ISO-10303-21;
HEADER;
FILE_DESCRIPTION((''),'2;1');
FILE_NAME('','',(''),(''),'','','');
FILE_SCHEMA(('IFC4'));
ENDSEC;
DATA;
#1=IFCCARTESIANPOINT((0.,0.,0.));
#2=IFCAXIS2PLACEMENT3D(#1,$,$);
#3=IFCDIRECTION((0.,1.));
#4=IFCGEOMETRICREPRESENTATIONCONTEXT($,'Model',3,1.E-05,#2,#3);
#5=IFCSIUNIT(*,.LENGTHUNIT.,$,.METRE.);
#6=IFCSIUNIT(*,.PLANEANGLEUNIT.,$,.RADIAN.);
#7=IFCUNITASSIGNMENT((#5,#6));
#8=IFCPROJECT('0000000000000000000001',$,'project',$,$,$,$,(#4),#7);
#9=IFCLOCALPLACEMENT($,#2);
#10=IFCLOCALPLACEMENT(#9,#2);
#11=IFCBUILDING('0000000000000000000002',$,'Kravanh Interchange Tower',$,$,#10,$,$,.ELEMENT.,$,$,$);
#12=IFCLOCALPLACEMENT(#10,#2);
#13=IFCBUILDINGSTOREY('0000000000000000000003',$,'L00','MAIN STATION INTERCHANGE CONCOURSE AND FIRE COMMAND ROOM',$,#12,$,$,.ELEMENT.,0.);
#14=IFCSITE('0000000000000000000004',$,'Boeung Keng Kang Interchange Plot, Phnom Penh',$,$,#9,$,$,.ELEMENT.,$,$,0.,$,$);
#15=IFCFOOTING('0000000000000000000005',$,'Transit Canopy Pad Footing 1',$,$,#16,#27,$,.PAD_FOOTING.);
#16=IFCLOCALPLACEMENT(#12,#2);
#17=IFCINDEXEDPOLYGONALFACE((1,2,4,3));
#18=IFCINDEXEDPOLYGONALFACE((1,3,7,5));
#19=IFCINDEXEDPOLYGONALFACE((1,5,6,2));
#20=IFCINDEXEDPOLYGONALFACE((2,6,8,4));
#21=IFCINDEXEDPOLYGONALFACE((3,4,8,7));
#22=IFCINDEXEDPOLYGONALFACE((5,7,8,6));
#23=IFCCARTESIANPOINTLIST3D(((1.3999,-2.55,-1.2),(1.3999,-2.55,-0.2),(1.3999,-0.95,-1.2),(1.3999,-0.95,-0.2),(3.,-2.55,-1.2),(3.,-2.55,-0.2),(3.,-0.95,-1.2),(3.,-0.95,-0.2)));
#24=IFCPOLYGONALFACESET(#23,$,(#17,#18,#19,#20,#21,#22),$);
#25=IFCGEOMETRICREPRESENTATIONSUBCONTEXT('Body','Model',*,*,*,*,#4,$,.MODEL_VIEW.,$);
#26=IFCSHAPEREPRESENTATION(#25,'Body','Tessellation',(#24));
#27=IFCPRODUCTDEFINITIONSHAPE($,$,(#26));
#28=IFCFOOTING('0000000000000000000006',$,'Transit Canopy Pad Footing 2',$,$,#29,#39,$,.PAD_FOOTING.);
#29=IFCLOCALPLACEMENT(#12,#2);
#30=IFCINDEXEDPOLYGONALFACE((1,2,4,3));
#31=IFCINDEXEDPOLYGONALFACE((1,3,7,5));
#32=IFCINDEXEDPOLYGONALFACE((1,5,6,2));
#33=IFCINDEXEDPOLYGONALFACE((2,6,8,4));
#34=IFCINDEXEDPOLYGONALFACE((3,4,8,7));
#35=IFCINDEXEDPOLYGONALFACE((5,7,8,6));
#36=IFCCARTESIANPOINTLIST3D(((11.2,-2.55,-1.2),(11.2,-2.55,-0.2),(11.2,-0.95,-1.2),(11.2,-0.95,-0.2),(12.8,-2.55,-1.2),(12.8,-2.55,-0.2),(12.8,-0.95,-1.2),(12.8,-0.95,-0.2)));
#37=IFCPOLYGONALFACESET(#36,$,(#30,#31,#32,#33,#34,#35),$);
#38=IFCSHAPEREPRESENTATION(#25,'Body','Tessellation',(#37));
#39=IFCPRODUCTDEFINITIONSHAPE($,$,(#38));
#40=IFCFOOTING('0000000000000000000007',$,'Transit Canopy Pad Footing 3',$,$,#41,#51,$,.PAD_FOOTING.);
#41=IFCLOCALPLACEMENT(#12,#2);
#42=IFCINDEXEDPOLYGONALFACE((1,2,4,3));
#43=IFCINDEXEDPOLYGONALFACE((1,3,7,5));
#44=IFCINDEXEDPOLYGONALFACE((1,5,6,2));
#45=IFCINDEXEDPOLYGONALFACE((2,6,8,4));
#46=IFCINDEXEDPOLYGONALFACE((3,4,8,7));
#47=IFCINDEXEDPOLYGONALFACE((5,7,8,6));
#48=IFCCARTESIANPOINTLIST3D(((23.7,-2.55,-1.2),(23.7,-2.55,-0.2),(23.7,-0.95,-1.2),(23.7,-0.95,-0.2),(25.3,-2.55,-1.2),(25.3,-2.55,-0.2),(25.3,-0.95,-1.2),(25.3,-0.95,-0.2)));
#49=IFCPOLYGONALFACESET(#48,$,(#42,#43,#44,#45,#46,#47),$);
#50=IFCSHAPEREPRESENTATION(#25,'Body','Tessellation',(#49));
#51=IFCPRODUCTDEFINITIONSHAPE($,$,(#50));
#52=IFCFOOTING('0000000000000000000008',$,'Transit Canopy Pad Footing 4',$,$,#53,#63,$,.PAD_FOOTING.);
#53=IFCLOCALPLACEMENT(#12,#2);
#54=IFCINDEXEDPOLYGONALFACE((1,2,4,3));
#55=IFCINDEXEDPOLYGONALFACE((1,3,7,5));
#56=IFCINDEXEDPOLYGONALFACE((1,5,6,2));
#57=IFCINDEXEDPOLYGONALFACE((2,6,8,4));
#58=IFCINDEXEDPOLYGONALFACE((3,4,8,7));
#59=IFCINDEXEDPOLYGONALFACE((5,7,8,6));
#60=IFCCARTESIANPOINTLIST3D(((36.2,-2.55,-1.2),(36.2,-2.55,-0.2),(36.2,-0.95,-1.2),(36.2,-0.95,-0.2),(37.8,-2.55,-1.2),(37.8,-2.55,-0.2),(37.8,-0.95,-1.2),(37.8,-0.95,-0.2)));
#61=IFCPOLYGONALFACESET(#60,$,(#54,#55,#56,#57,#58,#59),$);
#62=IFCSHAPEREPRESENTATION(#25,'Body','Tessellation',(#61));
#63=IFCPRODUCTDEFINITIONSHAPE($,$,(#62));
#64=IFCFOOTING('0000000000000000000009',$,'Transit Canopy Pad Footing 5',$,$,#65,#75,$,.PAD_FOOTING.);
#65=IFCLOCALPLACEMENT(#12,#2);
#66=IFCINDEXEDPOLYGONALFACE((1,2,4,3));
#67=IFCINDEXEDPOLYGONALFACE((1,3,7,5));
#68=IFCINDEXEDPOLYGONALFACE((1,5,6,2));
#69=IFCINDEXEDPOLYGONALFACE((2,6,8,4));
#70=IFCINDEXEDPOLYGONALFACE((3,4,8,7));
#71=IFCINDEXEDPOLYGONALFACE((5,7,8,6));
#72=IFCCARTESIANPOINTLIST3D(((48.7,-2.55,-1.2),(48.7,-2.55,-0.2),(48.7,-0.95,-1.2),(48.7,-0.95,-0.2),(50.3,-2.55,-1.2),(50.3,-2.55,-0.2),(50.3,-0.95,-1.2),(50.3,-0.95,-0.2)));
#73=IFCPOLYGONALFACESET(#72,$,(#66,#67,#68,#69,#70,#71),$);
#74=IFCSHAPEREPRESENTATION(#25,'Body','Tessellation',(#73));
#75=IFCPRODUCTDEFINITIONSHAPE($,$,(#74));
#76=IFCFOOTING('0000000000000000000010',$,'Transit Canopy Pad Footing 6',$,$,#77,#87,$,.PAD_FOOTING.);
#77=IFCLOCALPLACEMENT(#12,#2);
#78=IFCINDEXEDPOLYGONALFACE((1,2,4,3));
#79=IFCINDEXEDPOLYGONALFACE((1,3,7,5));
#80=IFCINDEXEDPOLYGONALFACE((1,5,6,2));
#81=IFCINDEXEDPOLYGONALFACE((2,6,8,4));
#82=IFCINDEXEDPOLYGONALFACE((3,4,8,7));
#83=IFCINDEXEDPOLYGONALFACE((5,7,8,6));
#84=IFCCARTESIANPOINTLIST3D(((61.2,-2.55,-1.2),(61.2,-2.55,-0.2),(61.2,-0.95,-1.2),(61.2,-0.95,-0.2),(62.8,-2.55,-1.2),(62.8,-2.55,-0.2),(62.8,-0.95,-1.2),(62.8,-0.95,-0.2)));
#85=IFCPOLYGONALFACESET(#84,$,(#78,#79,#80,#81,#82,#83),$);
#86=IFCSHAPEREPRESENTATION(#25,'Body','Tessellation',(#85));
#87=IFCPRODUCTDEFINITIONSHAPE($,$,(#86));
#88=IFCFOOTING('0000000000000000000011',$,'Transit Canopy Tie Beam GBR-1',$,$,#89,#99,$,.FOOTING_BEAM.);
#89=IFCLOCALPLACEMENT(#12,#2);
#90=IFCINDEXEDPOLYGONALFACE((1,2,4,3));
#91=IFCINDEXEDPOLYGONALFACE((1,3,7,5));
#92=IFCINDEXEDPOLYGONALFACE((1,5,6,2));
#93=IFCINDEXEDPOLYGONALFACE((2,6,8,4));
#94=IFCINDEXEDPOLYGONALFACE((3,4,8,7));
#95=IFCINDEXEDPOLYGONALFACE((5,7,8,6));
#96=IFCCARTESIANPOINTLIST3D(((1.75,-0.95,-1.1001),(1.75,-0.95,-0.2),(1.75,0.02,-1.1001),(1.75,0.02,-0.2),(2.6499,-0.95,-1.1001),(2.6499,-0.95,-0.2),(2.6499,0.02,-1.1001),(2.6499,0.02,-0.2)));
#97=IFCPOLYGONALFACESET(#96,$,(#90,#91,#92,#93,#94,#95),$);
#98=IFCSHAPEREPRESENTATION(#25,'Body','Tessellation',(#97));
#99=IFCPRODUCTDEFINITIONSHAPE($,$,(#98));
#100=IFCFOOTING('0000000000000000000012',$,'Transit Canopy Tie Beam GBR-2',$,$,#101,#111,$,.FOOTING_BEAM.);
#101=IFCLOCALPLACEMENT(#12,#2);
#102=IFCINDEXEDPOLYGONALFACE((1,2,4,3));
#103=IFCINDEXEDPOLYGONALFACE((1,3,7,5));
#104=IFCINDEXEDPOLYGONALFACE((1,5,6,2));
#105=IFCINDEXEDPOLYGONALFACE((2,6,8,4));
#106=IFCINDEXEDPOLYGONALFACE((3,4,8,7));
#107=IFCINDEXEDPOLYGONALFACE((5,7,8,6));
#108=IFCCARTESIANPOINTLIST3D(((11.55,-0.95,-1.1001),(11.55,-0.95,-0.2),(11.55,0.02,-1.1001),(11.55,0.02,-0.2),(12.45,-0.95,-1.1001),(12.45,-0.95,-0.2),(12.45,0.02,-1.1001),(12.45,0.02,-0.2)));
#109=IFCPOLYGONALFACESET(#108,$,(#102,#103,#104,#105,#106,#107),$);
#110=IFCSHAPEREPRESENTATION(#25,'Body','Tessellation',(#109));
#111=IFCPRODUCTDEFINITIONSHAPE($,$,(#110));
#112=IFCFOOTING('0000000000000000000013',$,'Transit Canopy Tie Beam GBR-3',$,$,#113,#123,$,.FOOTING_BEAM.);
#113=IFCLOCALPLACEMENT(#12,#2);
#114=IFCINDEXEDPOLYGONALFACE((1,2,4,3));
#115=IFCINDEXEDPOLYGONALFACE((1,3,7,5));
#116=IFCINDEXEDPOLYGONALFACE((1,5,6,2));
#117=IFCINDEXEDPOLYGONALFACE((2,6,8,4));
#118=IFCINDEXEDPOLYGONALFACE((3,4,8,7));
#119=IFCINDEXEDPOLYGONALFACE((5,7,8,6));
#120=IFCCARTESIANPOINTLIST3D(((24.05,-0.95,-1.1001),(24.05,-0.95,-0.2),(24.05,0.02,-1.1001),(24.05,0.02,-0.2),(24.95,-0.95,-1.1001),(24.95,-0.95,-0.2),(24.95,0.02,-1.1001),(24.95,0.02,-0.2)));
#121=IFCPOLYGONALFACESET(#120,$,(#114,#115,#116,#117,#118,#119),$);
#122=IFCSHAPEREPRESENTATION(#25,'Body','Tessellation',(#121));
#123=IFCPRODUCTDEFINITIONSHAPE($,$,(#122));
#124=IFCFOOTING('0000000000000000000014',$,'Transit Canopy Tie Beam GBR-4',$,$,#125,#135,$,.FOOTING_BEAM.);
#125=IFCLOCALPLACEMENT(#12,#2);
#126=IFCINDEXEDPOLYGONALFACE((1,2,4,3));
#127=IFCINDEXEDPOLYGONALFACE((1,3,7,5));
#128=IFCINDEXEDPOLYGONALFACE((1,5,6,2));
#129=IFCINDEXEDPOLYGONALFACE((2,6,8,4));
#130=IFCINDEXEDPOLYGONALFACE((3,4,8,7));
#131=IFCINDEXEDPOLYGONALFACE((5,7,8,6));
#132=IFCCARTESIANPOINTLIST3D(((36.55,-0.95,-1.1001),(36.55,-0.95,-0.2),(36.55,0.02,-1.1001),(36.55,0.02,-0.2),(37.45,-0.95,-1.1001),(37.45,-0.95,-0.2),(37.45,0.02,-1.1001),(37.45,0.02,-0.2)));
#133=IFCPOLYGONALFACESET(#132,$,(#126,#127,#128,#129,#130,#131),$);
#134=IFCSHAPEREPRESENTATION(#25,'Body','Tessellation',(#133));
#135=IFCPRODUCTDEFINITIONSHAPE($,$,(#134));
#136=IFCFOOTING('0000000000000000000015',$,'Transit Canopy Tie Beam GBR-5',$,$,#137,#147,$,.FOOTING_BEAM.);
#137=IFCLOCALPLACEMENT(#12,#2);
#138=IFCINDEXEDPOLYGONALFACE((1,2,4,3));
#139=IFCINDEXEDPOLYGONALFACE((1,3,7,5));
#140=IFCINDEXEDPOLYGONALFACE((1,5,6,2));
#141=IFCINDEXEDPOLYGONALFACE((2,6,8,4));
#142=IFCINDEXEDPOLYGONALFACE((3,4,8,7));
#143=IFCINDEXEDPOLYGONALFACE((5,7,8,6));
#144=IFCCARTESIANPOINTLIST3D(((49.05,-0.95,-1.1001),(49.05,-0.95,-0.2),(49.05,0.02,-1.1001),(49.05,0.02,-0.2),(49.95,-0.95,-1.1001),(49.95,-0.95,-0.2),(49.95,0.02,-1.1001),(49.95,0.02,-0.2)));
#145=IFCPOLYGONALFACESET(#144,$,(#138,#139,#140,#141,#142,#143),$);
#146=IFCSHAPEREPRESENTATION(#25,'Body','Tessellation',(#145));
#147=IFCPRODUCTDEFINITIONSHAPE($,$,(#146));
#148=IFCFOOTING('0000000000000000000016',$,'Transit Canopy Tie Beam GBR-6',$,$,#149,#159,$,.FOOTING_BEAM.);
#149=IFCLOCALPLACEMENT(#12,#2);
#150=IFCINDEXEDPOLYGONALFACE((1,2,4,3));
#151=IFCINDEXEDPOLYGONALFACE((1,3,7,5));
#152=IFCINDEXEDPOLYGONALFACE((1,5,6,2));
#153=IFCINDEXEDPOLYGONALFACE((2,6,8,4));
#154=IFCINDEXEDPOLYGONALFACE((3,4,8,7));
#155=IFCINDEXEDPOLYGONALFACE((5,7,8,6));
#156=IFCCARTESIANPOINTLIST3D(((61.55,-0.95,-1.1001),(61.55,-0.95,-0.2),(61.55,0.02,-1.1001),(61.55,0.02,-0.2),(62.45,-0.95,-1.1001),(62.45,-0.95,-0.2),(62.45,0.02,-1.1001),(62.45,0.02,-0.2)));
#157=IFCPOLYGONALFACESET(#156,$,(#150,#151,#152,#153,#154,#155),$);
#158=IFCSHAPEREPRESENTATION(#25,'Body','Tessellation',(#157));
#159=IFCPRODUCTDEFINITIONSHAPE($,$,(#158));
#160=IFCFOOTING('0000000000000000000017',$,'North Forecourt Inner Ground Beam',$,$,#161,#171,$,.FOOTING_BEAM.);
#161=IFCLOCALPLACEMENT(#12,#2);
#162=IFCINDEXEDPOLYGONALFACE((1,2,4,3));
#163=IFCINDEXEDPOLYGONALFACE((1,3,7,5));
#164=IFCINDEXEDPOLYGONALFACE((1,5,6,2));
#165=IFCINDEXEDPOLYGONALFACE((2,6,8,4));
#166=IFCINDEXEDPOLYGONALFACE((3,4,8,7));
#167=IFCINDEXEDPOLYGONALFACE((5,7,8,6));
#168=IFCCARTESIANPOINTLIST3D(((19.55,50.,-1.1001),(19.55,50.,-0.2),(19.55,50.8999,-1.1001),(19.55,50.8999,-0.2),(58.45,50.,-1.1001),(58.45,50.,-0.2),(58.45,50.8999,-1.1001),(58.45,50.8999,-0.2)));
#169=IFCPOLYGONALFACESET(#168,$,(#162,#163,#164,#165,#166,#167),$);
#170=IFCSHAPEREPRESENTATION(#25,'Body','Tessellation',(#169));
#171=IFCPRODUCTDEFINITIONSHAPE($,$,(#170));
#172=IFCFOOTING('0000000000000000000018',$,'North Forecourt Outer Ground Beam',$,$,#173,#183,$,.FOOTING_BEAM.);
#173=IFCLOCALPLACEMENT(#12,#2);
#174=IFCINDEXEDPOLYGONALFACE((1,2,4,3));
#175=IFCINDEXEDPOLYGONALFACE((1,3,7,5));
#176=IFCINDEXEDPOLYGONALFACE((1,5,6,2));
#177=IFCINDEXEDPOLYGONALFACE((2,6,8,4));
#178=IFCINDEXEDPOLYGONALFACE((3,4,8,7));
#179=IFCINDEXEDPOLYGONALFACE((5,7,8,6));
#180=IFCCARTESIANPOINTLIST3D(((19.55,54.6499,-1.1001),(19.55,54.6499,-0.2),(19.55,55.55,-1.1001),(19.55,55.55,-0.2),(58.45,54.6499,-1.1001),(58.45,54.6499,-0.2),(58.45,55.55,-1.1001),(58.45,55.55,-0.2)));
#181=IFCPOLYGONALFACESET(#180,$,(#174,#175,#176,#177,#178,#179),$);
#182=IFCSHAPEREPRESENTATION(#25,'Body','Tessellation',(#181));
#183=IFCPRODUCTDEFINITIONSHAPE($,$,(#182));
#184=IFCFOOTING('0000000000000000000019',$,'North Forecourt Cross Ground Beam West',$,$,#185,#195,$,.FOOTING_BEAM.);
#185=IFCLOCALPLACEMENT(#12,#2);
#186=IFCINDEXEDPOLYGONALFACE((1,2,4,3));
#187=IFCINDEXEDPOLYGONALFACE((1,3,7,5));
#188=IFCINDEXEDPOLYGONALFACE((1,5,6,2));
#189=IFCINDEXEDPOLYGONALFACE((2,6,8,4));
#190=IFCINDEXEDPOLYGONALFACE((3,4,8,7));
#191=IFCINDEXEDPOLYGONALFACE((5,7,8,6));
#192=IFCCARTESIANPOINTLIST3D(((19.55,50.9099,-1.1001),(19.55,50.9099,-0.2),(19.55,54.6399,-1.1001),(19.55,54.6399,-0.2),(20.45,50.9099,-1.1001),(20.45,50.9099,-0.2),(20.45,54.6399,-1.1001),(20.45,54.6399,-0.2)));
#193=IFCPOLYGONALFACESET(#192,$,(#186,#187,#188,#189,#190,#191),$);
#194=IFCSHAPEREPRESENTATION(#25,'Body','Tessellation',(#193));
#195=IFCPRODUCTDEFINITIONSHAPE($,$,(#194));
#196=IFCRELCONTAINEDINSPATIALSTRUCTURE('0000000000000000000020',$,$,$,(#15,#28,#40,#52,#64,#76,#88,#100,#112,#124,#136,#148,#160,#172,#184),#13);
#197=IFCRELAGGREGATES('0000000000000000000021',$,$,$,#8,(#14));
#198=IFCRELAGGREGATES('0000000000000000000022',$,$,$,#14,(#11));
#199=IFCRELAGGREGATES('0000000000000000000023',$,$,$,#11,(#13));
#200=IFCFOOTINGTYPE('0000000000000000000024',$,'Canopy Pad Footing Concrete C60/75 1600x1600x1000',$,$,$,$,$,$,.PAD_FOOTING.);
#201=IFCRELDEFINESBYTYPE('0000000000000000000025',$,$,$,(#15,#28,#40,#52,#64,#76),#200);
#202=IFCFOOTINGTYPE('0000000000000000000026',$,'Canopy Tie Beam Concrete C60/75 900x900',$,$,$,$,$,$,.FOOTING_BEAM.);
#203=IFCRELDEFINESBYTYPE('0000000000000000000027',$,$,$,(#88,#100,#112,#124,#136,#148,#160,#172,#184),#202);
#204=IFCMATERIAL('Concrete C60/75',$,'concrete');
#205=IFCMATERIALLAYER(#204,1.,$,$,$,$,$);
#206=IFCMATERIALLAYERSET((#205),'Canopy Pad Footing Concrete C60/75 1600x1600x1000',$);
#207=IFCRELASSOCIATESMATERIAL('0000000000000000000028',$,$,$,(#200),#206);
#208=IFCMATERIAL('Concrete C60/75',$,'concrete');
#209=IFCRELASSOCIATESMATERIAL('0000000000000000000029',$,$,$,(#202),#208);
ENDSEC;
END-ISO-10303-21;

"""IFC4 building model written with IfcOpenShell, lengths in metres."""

from ifc_helpers import new_model, si_unit, direction, frame, origin, origin_2d, place, context, subcontext, project, spatial, polyline, rectangle, outline, extrude, material, layer, layer_set, material_profile, profile_set, type_object, element, save


model = new_model("IFC4")

# Units and contexts
model_context = context("Model", 3, precision=1e-05, world=origin(), true_north=direction((0.0, 1.0)))
body_context = subcontext(model_context, "Body", "Model", "MODEL_VIEW")
ifc_project = project(units=[si_unit("LENGTHUNIT", "METRE"), si_unit("PLANEANGLEUNIT", "RADIAN")], contexts=[model_context])

# Site, building, storey
site_placement = place(None, origin())
site = spatial("IfcSite", under=ifc_project, at=site_placement, Name="Boeung Keng Kang Interchange Plot, Phnom Penh", CompositionType="ELEMENT", RefElevation=0.0)
building_placement = place(site_placement, origin())
building = spatial("IfcBuilding", under=site, at=building_placement, Name="Kravanh Interchange Tower", CompositionType="ELEMENT")
storey_placement = place(building_placement, origin())
storey = spatial("IfcBuildingStorey", under=building, at=storey_placement, Name="L00", Description="MAIN STATION INTERCHANGE CONCOURSE AND FIRE COMMAND ROOM", CompositionType="ELEMENT", Elevation=0.0)

# Footings
ifc_material_1 = material(Name="Concrete C60/75", Category="concrete")
ifc_layer_1 = layer(ifc_material_1, 1.0)
ifc_layer_set_1 = layer_set([ifc_layer_1], Name="Canopy Pad Footing Concrete C60/75 1600x1600x1000")
footing_type_1 = type_object("IfcFootingType", Name="Canopy Pad Footing Concrete C60/75 1600x1600x1000", PredefinedType="PAD_FOOTING", material=ifc_layer_set_1)
footing_1_placement = place(storey_placement, frame((0.0, 0.0, -1.2)))
element("IfcFooting", 1, at=footing_1_placement, inside=storey, type_object=footing_type_1, Name="Transit Canopy Pad Footing 1", PredefinedType="PAD_FOOTING", context=body_context, shape_type="SweptSolid", body=[
    extrude(outline(polyline([(1.3999, -2.55), (3.0, -2.55), (3.0, -0.95), (1.3999, -0.95), (1.3999, -2.55)])), origin(), (0.0, 0.0, 1.0), 1.0),
])
footing_2_placement = place(storey_placement, frame((0.0, 0.0, -1.2)))
element("IfcFooting", 2, at=footing_2_placement, inside=storey, type_object=footing_type_1, Name="Transit Canopy Pad Footing 2", PredefinedType="PAD_FOOTING", context=body_context, shape_type="SweptSolid", body=[
    extrude(outline(polyline([(11.2, -2.55), (12.8, -2.55), (12.8, -0.95), (11.2, -0.95), (11.2, -2.55)])), origin(), (0.0, 0.0, 1.0), 1.0),
])
footing_3_placement = place(storey_placement, frame((0.0, 0.0, -1.2)))
element("IfcFooting", 3, at=footing_3_placement, inside=storey, type_object=footing_type_1, Name="Transit Canopy Pad Footing 3", PredefinedType="PAD_FOOTING", context=body_context, shape_type="SweptSolid", body=[
    extrude(outline(polyline([(23.7, -2.55), (25.3, -2.55), (25.3, -0.95), (23.7, -0.95), (23.7, -2.55)])), origin(), (0.0, 0.0, 1.0), 1.0),
])
footing_4_placement = place(storey_placement, frame((0.0, 0.0, -1.2)))
element("IfcFooting", 4, at=footing_4_placement, inside=storey, type_object=footing_type_1, Name="Transit Canopy Pad Footing 4", PredefinedType="PAD_FOOTING", context=body_context, shape_type="SweptSolid", body=[
    extrude(outline(polyline([(36.2, -2.55), (37.8, -2.55), (37.8, -0.95), (36.2, -0.95), (36.2, -2.55)])), origin(), (0.0, 0.0, 1.0), 1.0),
])
footing_5_placement = place(storey_placement, frame((0.0, 0.0, -1.2)))
element("IfcFooting", 5, at=footing_5_placement, inside=storey, type_object=footing_type_1, Name="Transit Canopy Pad Footing 5", PredefinedType="PAD_FOOTING", context=body_context, shape_type="SweptSolid", body=[
    extrude(outline(polyline([(48.7, -2.55), (50.3, -2.55), (50.3, -0.95), (48.7, -0.95), (48.7, -2.55)])), origin(), (0.0, 0.0, 1.0), 1.0),
])
footing_6_placement = place(storey_placement, frame((0.0, 0.0, -1.2)))
element("IfcFooting", 6, at=footing_6_placement, inside=storey, type_object=footing_type_1, Name="Transit Canopy Pad Footing 6", PredefinedType="PAD_FOOTING", context=body_context, shape_type="SweptSolid", body=[
    extrude(outline(polyline([(61.2, -2.55), (62.8, -2.55), (62.8, -0.95), (61.2, -0.95), (61.2, -2.55)])), origin(), (0.0, 0.0, 1.0), 1.0),
])
ifc_material_2 = material(Name="Concrete C60/75", Category="concrete")
ifc_material_profile_1 = material_profile(ifc_material_2, rectangle(XDim=0.8999, YDim=0.8999, at=origin_2d()), Name="RC900X900")
ifc_profile_set_1 = profile_set([ifc_material_profile_1], Name="Concrete C60/75")
footing_type_2 = type_object("IfcFootingType", Name="Canopy Tie Beam Concrete C60/75 900x900", PredefinedType="FOOTING_BEAM", material=ifc_profile_set_1)
footing_7_placement = place(storey_placement, frame((0.0, 0.0, -1.1001)))
element("IfcFooting", 7, at=footing_7_placement, inside=storey, type_object=footing_type_2, Name="Transit Canopy Tie Beam GBR-1", PredefinedType="FOOTING_BEAM", context=body_context, shape_type="SweptSolid", body=[
    extrude(outline(polyline([(1.75, -0.95), (2.6499, -0.95), (2.6499, 0.02), (1.75, 0.02), (1.75, -0.95)])), origin(), (0.0, 0.0, 1.0), 0.9001),
])
footing_8_placement = place(storey_placement, frame((0.0, 0.0, -1.1001)))
element("IfcFooting", 8, at=footing_8_placement, inside=storey, type_object=footing_type_2, Name="Transit Canopy Tie Beam GBR-2", PredefinedType="FOOTING_BEAM", context=body_context, shape_type="SweptSolid", body=[
    extrude(outline(polyline([(11.55, -0.95), (12.45, -0.95), (12.45, 0.02), (11.55, 0.02), (11.55, -0.95)])), origin(), (0.0, 0.0, 1.0), 0.9001),
])
footing_9_placement = place(storey_placement, frame((0.0, 0.0, -1.1001)))
element("IfcFooting", 9, at=footing_9_placement, inside=storey, type_object=footing_type_2, Name="Transit Canopy Tie Beam GBR-3", PredefinedType="FOOTING_BEAM", context=body_context, shape_type="SweptSolid", body=[
    extrude(outline(polyline([(24.05, -0.95), (24.95, -0.95), (24.95, 0.02), (24.05, 0.02), (24.05, -0.95)])), origin(), (0.0, 0.0, 1.0), 0.9001),
])
footing_10_placement = place(storey_placement, frame((0.0, 0.0, -1.1001)))
element("IfcFooting", 10, at=footing_10_placement, inside=storey, type_object=footing_type_2, Name="Transit Canopy Tie Beam GBR-4", PredefinedType="FOOTING_BEAM", context=body_context, shape_type="SweptSolid", body=[
    extrude(outline(polyline([(36.55, -0.95), (37.45, -0.95), (37.45, 0.02), (36.55, 0.02), (36.55, -0.95)])), origin(), (0.0, 0.0, 1.0), 0.9001),
])
footing_11_placement = place(storey_placement, frame((0.0, 0.0, -1.1001)))
element("IfcFooting", 11, at=footing_11_placement, inside=storey, type_object=footing_type_2, Name="Transit Canopy Tie Beam GBR-5", PredefinedType="FOOTING_BEAM", context=body_context, shape_type="SweptSolid", body=[
    extrude(outline(polyline([(49.05, -0.95), (49.95, -0.95), (49.95, 0.02), (49.05, 0.02), (49.05, -0.95)])), origin(), (0.0, 0.0, 1.0), 0.9001),
])
footing_12_placement = place(storey_placement, frame((0.0, 0.0, -1.1001)))
element("IfcFooting", 12, at=footing_12_placement, inside=storey, type_object=footing_type_2, Name="Transit Canopy Tie Beam GBR-6", PredefinedType="FOOTING_BEAM", context=body_context, shape_type="SweptSolid", body=[
    extrude(outline(polyline([(61.55, -0.95), (62.45, -0.95), (62.45, 0.02), (61.55, 0.02), (61.55, -0.95)])), origin(), (0.0, 0.0, 1.0), 0.9001),
])
footing_13_placement = place(storey_placement, frame((0.0, 0.0, -1.1001)))
element("IfcFooting", 13, at=footing_13_placement, inside=storey, type_object=footing_type_2, Name="North Forecourt Inner Ground Beam", PredefinedType="FOOTING_BEAM", context=body_context, shape_type="SweptSolid", body=[
    extrude(outline(polyline([(19.55, 50.0), (58.45, 50.0), (58.45, 50.8999), (19.55, 50.8999), (19.55, 50.0)])), origin(), (0.0, 0.0, 1.0), 0.9001),
])
footing_14_placement = place(storey_placement, frame((0.0, 0.0, -1.1001)))
element("IfcFooting", 14, at=footing_14_placement, inside=storey, type_object=footing_type_2, Name="North Forecourt Outer Ground Beam", PredefinedType="FOOTING_BEAM", context=body_context, shape_type="SweptSolid", body=[
    extrude(outline(polyline([(19.55, 54.6499), (58.45, 54.6499), (58.45, 55.55), (19.55, 55.55), (19.55, 54.6499)])), origin(), (0.0, 0.0, 1.0), 0.9001),
])
footing_15_placement = place(storey_placement, frame((0.0, 0.0, -1.1001)))
element("IfcFooting", 15, at=footing_15_placement, inside=storey, type_object=footing_type_2, Name="North Forecourt Cross Ground Beam West", PredefinedType="FOOTING_BEAM", context=body_context, shape_type="SweptSolid", body=[
    extrude(outline(polyline([(19.55, 50.9099), (20.45, 50.9099), (20.45, 54.6399), (19.55, 54.6399), (19.55, 50.9099)])), origin(), (0.0, 0.0, 1.0), 0.9001),
])

save(model, "model.ifc")
